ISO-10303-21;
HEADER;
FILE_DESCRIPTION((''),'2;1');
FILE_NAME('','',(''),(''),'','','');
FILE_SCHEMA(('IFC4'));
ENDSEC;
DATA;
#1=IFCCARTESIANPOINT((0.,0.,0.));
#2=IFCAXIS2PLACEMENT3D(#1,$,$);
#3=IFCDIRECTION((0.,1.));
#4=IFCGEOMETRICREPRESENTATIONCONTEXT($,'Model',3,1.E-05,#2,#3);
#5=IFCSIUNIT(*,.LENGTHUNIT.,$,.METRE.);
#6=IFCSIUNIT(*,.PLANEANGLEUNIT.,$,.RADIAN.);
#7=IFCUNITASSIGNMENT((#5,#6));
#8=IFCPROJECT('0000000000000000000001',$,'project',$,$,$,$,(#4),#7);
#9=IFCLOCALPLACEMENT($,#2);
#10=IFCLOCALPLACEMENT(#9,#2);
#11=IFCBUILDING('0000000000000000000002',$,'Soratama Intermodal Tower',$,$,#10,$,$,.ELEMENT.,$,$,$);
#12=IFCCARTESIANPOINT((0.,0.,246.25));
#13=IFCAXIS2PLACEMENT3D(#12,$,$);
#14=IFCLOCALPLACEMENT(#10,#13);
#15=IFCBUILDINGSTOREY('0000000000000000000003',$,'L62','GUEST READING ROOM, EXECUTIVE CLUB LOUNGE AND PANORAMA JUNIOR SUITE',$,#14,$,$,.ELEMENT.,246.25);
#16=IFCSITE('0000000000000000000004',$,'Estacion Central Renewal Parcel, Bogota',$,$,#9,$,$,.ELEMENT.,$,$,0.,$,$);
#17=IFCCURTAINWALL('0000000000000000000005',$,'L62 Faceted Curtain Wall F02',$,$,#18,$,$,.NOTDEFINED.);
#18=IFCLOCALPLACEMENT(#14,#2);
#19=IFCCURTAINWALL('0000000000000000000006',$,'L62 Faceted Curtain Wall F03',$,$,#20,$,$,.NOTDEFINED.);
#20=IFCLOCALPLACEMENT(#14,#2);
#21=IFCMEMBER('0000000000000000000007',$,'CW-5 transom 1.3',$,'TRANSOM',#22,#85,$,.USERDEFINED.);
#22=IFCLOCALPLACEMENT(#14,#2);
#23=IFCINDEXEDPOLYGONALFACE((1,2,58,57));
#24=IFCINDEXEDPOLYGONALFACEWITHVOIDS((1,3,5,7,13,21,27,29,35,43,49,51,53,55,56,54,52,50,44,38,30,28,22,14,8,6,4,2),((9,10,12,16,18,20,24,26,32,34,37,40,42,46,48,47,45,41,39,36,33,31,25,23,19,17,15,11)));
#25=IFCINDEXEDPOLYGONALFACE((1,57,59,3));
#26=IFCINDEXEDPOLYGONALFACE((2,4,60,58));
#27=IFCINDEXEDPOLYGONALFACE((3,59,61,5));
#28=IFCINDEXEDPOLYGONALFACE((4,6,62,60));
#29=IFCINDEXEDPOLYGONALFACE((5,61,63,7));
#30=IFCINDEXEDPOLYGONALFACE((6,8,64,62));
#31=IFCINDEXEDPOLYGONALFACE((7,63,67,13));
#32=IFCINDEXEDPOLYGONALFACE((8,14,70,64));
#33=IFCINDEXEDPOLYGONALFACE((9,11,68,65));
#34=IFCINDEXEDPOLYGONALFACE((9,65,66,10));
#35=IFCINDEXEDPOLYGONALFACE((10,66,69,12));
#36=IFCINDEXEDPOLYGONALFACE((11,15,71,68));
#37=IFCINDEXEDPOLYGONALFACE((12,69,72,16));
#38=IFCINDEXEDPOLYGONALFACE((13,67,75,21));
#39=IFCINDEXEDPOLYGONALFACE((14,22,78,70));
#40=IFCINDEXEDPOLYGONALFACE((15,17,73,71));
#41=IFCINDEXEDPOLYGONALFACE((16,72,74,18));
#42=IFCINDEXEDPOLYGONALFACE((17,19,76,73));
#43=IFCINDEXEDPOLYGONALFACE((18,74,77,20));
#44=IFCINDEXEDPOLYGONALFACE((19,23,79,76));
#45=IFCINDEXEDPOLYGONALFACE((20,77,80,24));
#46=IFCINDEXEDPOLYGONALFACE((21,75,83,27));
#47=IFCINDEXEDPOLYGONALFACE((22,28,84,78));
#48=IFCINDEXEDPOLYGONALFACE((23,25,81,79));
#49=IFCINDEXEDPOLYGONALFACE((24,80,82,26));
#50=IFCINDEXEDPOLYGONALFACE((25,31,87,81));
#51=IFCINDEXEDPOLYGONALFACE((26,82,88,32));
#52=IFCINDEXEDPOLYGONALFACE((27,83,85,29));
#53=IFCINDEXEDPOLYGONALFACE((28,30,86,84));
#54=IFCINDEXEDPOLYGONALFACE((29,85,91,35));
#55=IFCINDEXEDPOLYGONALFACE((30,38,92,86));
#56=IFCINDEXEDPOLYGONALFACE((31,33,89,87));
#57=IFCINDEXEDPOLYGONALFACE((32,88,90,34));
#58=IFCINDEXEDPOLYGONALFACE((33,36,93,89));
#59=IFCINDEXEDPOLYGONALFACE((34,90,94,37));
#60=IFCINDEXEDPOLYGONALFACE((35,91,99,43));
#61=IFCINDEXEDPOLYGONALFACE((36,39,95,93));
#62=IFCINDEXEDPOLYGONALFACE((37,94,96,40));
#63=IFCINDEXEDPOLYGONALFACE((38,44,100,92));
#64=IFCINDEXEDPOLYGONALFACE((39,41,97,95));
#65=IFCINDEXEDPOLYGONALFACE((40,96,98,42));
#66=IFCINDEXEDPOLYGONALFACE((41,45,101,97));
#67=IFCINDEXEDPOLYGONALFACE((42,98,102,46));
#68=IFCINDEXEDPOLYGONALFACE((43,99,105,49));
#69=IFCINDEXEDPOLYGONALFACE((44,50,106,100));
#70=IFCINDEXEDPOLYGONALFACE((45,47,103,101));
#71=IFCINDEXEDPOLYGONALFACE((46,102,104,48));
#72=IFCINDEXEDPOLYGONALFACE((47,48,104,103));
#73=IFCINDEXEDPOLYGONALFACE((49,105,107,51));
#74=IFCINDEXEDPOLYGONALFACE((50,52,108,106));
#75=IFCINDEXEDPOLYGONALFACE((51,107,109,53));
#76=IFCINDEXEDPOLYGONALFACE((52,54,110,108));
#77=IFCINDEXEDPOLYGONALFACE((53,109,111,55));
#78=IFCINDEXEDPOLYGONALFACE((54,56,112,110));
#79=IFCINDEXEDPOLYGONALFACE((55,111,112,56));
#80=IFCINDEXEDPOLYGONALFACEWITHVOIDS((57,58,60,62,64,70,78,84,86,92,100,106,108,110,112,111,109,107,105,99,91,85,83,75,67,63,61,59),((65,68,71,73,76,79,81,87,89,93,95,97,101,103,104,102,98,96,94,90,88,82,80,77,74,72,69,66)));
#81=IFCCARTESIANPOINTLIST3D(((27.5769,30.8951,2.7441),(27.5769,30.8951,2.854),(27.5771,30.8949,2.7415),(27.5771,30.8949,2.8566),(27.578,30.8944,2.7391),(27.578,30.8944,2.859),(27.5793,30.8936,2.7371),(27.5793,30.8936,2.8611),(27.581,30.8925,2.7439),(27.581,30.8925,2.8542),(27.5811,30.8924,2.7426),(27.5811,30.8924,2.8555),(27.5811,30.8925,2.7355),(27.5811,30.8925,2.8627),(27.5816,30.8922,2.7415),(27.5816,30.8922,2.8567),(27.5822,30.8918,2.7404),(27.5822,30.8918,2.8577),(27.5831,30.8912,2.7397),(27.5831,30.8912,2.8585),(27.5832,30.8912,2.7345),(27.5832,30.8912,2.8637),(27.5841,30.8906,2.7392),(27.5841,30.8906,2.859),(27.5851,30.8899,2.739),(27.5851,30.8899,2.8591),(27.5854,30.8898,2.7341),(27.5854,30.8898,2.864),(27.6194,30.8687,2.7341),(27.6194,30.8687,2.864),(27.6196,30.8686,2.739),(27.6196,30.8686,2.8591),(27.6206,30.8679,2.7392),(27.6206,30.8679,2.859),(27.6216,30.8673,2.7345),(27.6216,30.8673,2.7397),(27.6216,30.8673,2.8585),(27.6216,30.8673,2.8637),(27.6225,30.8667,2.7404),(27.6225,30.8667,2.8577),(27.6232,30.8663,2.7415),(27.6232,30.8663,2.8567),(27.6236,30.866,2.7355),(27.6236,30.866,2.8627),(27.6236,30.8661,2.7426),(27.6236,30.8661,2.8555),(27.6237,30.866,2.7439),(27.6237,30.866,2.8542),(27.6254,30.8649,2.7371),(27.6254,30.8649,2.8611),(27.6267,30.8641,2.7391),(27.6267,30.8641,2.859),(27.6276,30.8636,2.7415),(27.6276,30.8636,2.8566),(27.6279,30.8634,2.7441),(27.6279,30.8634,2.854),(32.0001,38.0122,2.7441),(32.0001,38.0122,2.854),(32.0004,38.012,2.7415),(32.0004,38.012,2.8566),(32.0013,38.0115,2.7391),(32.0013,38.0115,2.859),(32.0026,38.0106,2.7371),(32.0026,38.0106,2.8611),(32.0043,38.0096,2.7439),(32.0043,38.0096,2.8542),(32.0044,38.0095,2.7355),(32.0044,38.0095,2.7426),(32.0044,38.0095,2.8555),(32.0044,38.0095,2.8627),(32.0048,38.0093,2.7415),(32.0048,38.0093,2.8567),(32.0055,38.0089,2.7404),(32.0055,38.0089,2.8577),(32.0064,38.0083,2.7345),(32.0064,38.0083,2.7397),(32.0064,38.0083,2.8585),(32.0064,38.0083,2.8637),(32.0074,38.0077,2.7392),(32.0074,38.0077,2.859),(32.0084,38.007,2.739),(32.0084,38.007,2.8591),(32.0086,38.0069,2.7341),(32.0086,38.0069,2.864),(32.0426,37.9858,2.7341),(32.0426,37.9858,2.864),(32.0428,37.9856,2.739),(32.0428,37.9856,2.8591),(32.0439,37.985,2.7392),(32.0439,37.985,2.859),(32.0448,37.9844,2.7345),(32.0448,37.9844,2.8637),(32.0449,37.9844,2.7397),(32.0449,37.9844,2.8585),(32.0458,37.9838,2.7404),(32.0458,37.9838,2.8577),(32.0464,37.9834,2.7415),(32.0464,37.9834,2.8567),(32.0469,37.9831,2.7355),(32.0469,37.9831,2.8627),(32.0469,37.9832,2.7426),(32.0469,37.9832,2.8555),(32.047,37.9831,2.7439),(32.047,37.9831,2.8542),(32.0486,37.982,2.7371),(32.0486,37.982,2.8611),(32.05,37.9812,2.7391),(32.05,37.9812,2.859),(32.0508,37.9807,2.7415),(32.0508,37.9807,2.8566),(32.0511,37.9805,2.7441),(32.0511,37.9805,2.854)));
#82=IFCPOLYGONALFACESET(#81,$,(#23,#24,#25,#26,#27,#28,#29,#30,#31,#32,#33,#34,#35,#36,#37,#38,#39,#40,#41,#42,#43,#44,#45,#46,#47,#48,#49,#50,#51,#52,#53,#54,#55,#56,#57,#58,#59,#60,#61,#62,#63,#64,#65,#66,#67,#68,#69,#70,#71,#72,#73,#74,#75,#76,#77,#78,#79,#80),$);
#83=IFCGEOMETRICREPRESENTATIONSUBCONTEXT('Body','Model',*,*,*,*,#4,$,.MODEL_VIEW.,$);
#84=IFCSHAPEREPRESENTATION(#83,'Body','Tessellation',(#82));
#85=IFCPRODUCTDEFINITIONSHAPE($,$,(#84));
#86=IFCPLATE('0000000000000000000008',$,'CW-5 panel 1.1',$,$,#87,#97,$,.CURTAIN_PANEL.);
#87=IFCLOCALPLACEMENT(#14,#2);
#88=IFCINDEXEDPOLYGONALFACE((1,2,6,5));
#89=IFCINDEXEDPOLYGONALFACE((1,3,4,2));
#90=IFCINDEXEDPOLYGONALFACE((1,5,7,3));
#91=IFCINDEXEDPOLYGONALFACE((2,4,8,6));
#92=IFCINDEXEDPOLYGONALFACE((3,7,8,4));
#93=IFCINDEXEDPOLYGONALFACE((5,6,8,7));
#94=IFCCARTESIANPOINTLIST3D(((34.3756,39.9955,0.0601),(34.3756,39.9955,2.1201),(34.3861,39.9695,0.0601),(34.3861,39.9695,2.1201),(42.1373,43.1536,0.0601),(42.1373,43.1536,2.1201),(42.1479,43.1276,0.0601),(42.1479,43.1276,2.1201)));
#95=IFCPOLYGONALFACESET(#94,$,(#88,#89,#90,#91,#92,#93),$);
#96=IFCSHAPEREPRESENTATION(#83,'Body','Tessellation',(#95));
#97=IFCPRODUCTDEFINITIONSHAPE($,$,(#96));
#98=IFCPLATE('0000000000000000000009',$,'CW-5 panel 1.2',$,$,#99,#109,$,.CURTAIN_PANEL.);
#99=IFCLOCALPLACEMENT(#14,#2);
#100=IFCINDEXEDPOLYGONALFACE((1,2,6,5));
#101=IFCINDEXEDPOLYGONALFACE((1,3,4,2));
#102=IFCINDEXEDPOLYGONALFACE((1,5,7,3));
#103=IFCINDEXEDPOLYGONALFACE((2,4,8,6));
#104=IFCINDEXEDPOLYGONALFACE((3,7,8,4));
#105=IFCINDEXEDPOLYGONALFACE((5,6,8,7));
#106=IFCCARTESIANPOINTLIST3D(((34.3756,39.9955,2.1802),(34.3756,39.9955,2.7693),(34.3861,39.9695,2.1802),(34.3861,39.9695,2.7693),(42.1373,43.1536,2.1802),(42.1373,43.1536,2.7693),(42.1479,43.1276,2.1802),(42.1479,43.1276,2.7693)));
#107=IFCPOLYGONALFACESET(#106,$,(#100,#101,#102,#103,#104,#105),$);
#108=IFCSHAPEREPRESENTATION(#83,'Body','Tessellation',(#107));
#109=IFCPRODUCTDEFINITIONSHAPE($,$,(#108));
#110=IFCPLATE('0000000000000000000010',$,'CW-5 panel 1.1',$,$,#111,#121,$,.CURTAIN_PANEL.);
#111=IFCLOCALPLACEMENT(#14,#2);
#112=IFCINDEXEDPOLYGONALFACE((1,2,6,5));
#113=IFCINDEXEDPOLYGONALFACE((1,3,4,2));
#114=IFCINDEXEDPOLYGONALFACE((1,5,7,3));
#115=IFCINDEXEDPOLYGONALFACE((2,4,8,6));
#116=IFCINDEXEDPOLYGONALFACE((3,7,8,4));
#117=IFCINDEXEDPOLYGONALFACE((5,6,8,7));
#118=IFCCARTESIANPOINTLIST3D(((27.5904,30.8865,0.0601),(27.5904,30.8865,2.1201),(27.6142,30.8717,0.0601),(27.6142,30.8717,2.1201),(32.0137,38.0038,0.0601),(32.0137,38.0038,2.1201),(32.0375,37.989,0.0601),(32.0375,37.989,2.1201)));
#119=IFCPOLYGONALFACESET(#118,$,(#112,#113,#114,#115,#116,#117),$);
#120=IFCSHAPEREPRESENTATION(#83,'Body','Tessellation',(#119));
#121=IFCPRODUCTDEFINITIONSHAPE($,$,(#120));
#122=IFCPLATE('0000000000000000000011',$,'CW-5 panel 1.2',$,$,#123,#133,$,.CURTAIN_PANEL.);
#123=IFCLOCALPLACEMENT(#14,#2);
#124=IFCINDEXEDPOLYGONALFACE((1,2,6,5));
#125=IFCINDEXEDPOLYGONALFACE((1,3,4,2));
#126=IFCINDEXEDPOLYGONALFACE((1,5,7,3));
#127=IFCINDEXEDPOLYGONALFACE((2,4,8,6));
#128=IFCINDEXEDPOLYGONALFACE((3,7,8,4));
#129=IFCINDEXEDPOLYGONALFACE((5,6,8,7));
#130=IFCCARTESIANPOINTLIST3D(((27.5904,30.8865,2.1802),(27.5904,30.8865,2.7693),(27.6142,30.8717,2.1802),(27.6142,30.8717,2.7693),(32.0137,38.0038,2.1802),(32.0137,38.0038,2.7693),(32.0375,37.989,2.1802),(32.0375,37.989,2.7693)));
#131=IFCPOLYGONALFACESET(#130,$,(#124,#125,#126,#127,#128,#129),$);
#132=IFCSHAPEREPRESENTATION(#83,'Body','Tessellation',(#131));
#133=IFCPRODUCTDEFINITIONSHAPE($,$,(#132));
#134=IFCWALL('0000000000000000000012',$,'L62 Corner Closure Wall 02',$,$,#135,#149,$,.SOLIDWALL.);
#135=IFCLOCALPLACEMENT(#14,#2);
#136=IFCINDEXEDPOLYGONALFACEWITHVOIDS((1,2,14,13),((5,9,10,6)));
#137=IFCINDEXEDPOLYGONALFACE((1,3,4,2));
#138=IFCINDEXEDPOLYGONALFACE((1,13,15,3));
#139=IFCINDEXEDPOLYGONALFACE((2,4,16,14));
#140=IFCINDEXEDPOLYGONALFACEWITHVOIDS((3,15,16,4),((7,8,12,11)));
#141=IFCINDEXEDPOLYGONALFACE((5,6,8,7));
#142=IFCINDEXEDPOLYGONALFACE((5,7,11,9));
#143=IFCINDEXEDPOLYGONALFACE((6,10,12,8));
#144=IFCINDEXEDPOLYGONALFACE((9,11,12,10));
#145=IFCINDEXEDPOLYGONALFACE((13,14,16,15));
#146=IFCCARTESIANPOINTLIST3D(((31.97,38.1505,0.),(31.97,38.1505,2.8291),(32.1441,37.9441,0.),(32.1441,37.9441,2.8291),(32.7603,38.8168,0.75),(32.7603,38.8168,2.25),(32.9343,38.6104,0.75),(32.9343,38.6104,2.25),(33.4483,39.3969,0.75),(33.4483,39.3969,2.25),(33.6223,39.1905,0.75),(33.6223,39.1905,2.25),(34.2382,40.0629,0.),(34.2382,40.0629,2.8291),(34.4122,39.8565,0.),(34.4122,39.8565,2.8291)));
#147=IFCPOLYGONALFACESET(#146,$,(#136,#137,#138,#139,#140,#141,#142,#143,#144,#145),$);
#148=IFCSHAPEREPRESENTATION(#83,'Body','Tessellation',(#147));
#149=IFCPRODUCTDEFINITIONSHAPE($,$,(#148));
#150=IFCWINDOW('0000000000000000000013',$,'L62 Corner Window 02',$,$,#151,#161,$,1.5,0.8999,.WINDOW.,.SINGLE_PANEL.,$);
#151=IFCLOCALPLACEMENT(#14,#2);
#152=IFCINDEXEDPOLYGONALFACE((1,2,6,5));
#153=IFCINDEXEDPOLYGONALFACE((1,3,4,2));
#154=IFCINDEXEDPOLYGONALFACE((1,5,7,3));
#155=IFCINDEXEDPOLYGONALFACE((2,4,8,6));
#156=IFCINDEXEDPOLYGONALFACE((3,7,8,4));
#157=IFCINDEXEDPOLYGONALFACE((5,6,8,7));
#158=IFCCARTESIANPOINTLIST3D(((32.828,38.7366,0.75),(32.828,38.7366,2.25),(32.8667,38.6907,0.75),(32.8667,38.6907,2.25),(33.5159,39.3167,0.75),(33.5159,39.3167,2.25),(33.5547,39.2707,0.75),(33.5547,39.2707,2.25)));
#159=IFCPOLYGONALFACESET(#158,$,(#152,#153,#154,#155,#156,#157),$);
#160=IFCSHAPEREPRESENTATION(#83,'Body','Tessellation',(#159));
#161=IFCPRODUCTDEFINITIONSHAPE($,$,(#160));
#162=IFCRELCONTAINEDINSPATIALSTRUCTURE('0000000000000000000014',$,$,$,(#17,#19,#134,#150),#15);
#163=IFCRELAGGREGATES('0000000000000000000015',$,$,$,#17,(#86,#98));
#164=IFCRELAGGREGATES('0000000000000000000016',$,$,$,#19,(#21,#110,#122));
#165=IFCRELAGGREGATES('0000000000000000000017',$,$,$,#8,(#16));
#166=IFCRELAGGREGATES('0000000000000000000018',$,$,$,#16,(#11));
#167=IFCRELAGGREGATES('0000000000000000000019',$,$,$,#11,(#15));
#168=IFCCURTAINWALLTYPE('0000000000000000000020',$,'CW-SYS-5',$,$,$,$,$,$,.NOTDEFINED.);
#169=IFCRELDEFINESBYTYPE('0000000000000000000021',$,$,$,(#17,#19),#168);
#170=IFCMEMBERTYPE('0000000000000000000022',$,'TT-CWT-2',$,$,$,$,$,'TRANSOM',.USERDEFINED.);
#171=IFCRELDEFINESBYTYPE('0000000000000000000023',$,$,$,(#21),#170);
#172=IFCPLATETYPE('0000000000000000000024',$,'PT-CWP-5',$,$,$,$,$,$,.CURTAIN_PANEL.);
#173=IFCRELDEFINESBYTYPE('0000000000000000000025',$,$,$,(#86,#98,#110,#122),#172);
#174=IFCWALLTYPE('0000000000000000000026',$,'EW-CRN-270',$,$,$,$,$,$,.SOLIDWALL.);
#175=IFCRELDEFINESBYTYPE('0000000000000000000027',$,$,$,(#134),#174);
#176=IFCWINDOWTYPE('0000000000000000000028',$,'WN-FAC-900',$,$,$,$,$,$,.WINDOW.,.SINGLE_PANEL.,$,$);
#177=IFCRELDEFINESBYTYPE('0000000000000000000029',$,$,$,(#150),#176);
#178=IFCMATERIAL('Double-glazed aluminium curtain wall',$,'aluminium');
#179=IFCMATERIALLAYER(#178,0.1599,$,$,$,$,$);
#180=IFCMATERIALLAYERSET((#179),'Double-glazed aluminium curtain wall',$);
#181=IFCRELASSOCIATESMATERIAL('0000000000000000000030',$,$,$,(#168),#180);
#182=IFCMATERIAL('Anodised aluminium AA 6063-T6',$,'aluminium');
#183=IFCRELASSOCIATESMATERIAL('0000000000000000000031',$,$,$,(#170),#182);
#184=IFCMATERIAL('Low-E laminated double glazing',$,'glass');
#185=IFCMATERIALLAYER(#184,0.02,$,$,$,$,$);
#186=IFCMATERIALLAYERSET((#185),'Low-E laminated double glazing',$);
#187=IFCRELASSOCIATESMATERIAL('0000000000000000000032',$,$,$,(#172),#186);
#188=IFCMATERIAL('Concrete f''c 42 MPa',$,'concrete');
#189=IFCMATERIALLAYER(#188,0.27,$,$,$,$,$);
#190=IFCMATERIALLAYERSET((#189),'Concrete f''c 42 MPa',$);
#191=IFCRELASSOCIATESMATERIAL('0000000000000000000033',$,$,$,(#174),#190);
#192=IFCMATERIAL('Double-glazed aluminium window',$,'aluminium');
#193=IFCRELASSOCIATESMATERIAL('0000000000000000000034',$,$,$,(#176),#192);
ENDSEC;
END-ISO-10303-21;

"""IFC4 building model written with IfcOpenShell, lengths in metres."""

from ifc_helpers import new_model, si_unit, direction, frame, frame_2d, origin, origin_2d, place, context, subcontext, project, spatial, rectangle, hollow_rectangle, extrude, material, layer, layer_set, material_profile, profile_set, type_object, element, fill, aggregate, save


model = new_model("IFC4")

# Units and contexts
model_context = context("Model", 3, precision=1e-05, world=origin(), true_north=direction((0.0, 1.0)))
body_context = subcontext(model_context, "Body", "Model", "MODEL_VIEW")
ifc_project = project(units=[si_unit("LENGTHUNIT", "METRE"), si_unit("PLANEANGLEUNIT", "RADIAN")], contexts=[model_context])

# Site, building, storey
site_placement = place(None, origin())
site = spatial("IfcSite", under=ifc_project, at=site_placement, Name="Estacion Central Renewal Parcel, Bogota", CompositionType="ELEMENT", RefElevation=0.0)
building_placement = place(site_placement, origin())
building = spatial("IfcBuilding", under=site, at=building_placement, Name="Soratama Intermodal Tower", CompositionType="ELEMENT")
storey_placement = place(building_placement, frame((0.0, 0.0, 246.25)))
storey = spatial("IfcBuildingStorey", under=building, at=storey_placement, Name="L62", Description="GUEST READING ROOM, EXECUTIVE CLUB LOUNGE AND PANORAMA JUNIOR SUITE", CompositionType="ELEMENT", Elevation=246.25)

# Curtain wall
ifc_material_1 = material(Name="Double-glazed aluminium curtain wall", Category="aluminium")
ifc_layer_1 = layer(ifc_material_1, 0.1599)
ifc_layer_set_1 = layer_set([ifc_layer_1], Name="Double-glazed aluminium curtain wall")
curtain_wall_type = type_object("IfcCurtainWallType", Name="CW-SYS-5", PredefinedType="NOTDEFINED", material=ifc_layer_set_1)
curtain_wall_1_placement = place(storey_placement, origin())
curtain_wall_1 = element("IfcCurtainWall", 1, at=curtain_wall_1_placement, inside=storey, type_object=curtain_wall_type, Name="L62 Faceted Curtain Wall F02", PredefinedType="NOTDEFINED")

# Curtain wall, member
curtain_wall_2_placement = place(storey_placement, origin())
curtain_wall_2 = element("IfcCurtainWall", 2, at=curtain_wall_2_placement, inside=storey, type_object=curtain_wall_type, Name="L62 Faceted Curtain Wall F03", PredefinedType="NOTDEFINED")
ifc_material_2 = material(Name="Anodised aluminium AA 6063-T6", Category="aluminium")
ifc_material_profile_1 = material_profile(ifc_material_2, hollow_rectangle(XDim=0.0601, YDim=0.1299, WallThickness=0.0049, InnerFilletRadius=0.0049, OuterFilletRadius=0.01, at=origin_2d()), Name="CWT130X60X5")
ifc_profile_set_1 = profile_set([ifc_material_profile_1], Name="Anodised aluminium AA 6063-T6")
member_type_1 = type_object("IfcMemberType", Name="TT-CWT-2", ElementType="TRANSOM", PredefinedType="USERDEFINED", material=ifc_profile_set_1)
member_1_placement = place(storey_placement, frame((32.0256, 37.9963, 2.7991), z_axis=(-0.52786, -0.849331, 0.0), x_axis=(0.849331, -0.52786, 0.0)))
member_1 = element("IfcMember", 3, at=member_1_placement, type_object=member_type_1, Name="CW-5 transom 1.3", ObjectType="TRANSOM", PredefinedType="USERDEFINED", context=body_context, shape_type="SweptSolid", body=[
    extrude(hollow_rectangle(XDim=0.0601, YDim=0.1299, WallThickness=0.0049, InnerFilletRadius=0.0049, OuterFilletRadius=0.01, at=origin_2d()), origin(), (0.0, 0.0, 1.0), 8.3796),
])

# Plates
ifc_material_3 = material(Name="Low-E laminated double glazing", Category="glass")
ifc_layer_2 = layer(ifc_material_3, 0.02)
ifc_layer_set_2 = layer_set([ifc_layer_2], Name="Low-E laminated double glazing")
plate_type = type_object("IfcPlateType", Name="PT-CWP-5", PredefinedType="CURTAIN_PANEL", material=ifc_layer_set_2)
plate_1_placement = place(storey_placement, frame((38.2617, 41.5615, 0.0601), z_axis=(0.0, 0.0, 1.0), x_axis=(-0.926262, -0.376881, 0.0)))
plate_1 = element("IfcPlate", 4, at=plate_1_placement, type_object=plate_type, Name="CW-5 panel 1.1", PredefinedType="CURTAIN_PANEL", context=body_context, shape_type="SweptSolid", body=[
    extrude(rectangle(XDim=8.3796, YDim=0.0281, at=origin_2d()), origin(), (0.0, 0.0, 1.0), 2.0601),
])
plate_2_placement = place(storey_placement, frame((38.2617, 41.5615, 2.1802), z_axis=(0.0, 0.0, 1.0), x_axis=(-0.926262, -0.376881, 0.0)))
plate_2 = element("IfcPlate", 5, at=plate_2_placement, type_object=plate_type, Name="CW-5 panel 1.2", PredefinedType="CURTAIN_PANEL", context=body_context, shape_type="SweptSolid", body=[
    extrude(rectangle(XDim=8.3796, YDim=0.0281, at=origin_2d()), origin(), (0.0, 0.0, 1.0), 0.5891),
])
aggregate(curtain_wall_1, [plate_1, plate_2])
plate_3_placement = place(storey_placement, frame((29.814, 34.4377, 0.0601), z_axis=(0.0, 0.0, 1.0), x_axis=(-0.527848, -0.849339, 0.0)))
plate_3 = element("IfcPlate", 6, at=plate_3_placement, type_object=plate_type, Name="CW-5 panel 1.1", PredefinedType="CURTAIN_PANEL", context=body_context, shape_type="SweptSolid", body=[
    extrude(rectangle(XDim=8.3799, YDim=0.0281, at=origin_2d()), origin(), (0.0, 0.0, 1.0), 2.0601),
])
plate_4_placement = place(storey_placement, frame((29.814, 34.4377, 2.1802), z_axis=(0.0, 0.0, 1.0), x_axis=(-0.527848, -0.849339, 0.0)))
plate_4 = element("IfcPlate", 7, at=plate_4_placement, type_object=plate_type, Name="CW-5 panel 1.2", PredefinedType="CURTAIN_PANEL", context=body_context, shape_type="SweptSolid", body=[
    extrude(rectangle(XDim=8.3799, YDim=0.0281, at=origin_2d()), origin(), (0.0, 0.0, 1.0), 0.5891),
])
aggregate(curtain_wall_2, [member_1, plate_3, plate_4])

# Wall, opening, window
ifc_material_4 = material(Name="Concrete f'c 42 MPa", Category="concrete")
ifc_layer_3 = layer(ifc_material_4, 0.27)
ifc_layer_set_3 = layer_set([ifc_layer_3], Name="Concrete f'c 42 MPa")
wall_type_1 = type_object("IfcWallType", Name="EW-CRN-270", PredefinedType="SOLIDWALL", material=ifc_layer_set_3)
wall_1_placement = place(storey_placement, frame((34.3252, 39.9597, 0.0), z_axis=(0.0, 0.0, 1.0), x_axis=(-0.764512, -0.64461, 0.0)))
wall_1 = element("IfcWall", 8, at=wall_1_placement, inside=storey, type_object=wall_type_1, Name="L62 Corner Closure Wall 02", PredefinedType="SOLIDWALL", context=body_context, shape_type="SweptSolid", body=[
    extrude(rectangle(XDim=2.9668, YDim=0.27, at=frame_2d((1.4834, 0.0))), origin(), (0.0, 0.0, 1.0), 2.8291),
])
opening_1_placement = place(wall_1_placement, frame((1.0332, 0.0, 0.75)))
opening_1 = element("IfcOpeningElement", 9, at=opening_1_placement, cuts=wall_1, PredefinedType="OPENING", context=body_context, shape_type="SweptSolid", body=[
    extrude(rectangle(XDim=0.8999, YDim=1.5, at=frame_2d((0.45, 0.75))), frame((0.0, 0.145, 0.0), z_axis=(0.0, -1.0, 0.0), x_axis=(1.0, 0.0, 0.0)), (0.0, 0.0, 1.0), 0.29),
])
ifc_material_5 = material(Name="Double-glazed aluminium window", Category="aluminium")
window_type = type_object("IfcWindowType", Name="WN-FAC-900", PartitioningType="SINGLE_PANEL", PredefinedType="WINDOW", material=ifc_material_5)
window_placement = place(opening_1_placement, origin())
window = element("IfcWindow", 10, at=window_placement, inside=storey, type_object=window_type, Name="L62 Corner Window 02", OverallHeight=1.5, OverallWidth=0.8999, PartitioningType="SINGLE_PANEL", PredefinedType="WINDOW", context=body_context, shape_type="SweptSolid", body=[
    extrude(rectangle(XDim=0.8999, YDim=1.5, at=frame_2d((0.45, 0.75))), frame((0.0, 0.03, 0.0), z_axis=(0.0, -1.0, 0.0), x_axis=(1.0, 0.0, 0.0)), (0.0, 0.0, 1.0), 0.0601),
])
fill(opening_1, window)

save(model, "model.ifc")
